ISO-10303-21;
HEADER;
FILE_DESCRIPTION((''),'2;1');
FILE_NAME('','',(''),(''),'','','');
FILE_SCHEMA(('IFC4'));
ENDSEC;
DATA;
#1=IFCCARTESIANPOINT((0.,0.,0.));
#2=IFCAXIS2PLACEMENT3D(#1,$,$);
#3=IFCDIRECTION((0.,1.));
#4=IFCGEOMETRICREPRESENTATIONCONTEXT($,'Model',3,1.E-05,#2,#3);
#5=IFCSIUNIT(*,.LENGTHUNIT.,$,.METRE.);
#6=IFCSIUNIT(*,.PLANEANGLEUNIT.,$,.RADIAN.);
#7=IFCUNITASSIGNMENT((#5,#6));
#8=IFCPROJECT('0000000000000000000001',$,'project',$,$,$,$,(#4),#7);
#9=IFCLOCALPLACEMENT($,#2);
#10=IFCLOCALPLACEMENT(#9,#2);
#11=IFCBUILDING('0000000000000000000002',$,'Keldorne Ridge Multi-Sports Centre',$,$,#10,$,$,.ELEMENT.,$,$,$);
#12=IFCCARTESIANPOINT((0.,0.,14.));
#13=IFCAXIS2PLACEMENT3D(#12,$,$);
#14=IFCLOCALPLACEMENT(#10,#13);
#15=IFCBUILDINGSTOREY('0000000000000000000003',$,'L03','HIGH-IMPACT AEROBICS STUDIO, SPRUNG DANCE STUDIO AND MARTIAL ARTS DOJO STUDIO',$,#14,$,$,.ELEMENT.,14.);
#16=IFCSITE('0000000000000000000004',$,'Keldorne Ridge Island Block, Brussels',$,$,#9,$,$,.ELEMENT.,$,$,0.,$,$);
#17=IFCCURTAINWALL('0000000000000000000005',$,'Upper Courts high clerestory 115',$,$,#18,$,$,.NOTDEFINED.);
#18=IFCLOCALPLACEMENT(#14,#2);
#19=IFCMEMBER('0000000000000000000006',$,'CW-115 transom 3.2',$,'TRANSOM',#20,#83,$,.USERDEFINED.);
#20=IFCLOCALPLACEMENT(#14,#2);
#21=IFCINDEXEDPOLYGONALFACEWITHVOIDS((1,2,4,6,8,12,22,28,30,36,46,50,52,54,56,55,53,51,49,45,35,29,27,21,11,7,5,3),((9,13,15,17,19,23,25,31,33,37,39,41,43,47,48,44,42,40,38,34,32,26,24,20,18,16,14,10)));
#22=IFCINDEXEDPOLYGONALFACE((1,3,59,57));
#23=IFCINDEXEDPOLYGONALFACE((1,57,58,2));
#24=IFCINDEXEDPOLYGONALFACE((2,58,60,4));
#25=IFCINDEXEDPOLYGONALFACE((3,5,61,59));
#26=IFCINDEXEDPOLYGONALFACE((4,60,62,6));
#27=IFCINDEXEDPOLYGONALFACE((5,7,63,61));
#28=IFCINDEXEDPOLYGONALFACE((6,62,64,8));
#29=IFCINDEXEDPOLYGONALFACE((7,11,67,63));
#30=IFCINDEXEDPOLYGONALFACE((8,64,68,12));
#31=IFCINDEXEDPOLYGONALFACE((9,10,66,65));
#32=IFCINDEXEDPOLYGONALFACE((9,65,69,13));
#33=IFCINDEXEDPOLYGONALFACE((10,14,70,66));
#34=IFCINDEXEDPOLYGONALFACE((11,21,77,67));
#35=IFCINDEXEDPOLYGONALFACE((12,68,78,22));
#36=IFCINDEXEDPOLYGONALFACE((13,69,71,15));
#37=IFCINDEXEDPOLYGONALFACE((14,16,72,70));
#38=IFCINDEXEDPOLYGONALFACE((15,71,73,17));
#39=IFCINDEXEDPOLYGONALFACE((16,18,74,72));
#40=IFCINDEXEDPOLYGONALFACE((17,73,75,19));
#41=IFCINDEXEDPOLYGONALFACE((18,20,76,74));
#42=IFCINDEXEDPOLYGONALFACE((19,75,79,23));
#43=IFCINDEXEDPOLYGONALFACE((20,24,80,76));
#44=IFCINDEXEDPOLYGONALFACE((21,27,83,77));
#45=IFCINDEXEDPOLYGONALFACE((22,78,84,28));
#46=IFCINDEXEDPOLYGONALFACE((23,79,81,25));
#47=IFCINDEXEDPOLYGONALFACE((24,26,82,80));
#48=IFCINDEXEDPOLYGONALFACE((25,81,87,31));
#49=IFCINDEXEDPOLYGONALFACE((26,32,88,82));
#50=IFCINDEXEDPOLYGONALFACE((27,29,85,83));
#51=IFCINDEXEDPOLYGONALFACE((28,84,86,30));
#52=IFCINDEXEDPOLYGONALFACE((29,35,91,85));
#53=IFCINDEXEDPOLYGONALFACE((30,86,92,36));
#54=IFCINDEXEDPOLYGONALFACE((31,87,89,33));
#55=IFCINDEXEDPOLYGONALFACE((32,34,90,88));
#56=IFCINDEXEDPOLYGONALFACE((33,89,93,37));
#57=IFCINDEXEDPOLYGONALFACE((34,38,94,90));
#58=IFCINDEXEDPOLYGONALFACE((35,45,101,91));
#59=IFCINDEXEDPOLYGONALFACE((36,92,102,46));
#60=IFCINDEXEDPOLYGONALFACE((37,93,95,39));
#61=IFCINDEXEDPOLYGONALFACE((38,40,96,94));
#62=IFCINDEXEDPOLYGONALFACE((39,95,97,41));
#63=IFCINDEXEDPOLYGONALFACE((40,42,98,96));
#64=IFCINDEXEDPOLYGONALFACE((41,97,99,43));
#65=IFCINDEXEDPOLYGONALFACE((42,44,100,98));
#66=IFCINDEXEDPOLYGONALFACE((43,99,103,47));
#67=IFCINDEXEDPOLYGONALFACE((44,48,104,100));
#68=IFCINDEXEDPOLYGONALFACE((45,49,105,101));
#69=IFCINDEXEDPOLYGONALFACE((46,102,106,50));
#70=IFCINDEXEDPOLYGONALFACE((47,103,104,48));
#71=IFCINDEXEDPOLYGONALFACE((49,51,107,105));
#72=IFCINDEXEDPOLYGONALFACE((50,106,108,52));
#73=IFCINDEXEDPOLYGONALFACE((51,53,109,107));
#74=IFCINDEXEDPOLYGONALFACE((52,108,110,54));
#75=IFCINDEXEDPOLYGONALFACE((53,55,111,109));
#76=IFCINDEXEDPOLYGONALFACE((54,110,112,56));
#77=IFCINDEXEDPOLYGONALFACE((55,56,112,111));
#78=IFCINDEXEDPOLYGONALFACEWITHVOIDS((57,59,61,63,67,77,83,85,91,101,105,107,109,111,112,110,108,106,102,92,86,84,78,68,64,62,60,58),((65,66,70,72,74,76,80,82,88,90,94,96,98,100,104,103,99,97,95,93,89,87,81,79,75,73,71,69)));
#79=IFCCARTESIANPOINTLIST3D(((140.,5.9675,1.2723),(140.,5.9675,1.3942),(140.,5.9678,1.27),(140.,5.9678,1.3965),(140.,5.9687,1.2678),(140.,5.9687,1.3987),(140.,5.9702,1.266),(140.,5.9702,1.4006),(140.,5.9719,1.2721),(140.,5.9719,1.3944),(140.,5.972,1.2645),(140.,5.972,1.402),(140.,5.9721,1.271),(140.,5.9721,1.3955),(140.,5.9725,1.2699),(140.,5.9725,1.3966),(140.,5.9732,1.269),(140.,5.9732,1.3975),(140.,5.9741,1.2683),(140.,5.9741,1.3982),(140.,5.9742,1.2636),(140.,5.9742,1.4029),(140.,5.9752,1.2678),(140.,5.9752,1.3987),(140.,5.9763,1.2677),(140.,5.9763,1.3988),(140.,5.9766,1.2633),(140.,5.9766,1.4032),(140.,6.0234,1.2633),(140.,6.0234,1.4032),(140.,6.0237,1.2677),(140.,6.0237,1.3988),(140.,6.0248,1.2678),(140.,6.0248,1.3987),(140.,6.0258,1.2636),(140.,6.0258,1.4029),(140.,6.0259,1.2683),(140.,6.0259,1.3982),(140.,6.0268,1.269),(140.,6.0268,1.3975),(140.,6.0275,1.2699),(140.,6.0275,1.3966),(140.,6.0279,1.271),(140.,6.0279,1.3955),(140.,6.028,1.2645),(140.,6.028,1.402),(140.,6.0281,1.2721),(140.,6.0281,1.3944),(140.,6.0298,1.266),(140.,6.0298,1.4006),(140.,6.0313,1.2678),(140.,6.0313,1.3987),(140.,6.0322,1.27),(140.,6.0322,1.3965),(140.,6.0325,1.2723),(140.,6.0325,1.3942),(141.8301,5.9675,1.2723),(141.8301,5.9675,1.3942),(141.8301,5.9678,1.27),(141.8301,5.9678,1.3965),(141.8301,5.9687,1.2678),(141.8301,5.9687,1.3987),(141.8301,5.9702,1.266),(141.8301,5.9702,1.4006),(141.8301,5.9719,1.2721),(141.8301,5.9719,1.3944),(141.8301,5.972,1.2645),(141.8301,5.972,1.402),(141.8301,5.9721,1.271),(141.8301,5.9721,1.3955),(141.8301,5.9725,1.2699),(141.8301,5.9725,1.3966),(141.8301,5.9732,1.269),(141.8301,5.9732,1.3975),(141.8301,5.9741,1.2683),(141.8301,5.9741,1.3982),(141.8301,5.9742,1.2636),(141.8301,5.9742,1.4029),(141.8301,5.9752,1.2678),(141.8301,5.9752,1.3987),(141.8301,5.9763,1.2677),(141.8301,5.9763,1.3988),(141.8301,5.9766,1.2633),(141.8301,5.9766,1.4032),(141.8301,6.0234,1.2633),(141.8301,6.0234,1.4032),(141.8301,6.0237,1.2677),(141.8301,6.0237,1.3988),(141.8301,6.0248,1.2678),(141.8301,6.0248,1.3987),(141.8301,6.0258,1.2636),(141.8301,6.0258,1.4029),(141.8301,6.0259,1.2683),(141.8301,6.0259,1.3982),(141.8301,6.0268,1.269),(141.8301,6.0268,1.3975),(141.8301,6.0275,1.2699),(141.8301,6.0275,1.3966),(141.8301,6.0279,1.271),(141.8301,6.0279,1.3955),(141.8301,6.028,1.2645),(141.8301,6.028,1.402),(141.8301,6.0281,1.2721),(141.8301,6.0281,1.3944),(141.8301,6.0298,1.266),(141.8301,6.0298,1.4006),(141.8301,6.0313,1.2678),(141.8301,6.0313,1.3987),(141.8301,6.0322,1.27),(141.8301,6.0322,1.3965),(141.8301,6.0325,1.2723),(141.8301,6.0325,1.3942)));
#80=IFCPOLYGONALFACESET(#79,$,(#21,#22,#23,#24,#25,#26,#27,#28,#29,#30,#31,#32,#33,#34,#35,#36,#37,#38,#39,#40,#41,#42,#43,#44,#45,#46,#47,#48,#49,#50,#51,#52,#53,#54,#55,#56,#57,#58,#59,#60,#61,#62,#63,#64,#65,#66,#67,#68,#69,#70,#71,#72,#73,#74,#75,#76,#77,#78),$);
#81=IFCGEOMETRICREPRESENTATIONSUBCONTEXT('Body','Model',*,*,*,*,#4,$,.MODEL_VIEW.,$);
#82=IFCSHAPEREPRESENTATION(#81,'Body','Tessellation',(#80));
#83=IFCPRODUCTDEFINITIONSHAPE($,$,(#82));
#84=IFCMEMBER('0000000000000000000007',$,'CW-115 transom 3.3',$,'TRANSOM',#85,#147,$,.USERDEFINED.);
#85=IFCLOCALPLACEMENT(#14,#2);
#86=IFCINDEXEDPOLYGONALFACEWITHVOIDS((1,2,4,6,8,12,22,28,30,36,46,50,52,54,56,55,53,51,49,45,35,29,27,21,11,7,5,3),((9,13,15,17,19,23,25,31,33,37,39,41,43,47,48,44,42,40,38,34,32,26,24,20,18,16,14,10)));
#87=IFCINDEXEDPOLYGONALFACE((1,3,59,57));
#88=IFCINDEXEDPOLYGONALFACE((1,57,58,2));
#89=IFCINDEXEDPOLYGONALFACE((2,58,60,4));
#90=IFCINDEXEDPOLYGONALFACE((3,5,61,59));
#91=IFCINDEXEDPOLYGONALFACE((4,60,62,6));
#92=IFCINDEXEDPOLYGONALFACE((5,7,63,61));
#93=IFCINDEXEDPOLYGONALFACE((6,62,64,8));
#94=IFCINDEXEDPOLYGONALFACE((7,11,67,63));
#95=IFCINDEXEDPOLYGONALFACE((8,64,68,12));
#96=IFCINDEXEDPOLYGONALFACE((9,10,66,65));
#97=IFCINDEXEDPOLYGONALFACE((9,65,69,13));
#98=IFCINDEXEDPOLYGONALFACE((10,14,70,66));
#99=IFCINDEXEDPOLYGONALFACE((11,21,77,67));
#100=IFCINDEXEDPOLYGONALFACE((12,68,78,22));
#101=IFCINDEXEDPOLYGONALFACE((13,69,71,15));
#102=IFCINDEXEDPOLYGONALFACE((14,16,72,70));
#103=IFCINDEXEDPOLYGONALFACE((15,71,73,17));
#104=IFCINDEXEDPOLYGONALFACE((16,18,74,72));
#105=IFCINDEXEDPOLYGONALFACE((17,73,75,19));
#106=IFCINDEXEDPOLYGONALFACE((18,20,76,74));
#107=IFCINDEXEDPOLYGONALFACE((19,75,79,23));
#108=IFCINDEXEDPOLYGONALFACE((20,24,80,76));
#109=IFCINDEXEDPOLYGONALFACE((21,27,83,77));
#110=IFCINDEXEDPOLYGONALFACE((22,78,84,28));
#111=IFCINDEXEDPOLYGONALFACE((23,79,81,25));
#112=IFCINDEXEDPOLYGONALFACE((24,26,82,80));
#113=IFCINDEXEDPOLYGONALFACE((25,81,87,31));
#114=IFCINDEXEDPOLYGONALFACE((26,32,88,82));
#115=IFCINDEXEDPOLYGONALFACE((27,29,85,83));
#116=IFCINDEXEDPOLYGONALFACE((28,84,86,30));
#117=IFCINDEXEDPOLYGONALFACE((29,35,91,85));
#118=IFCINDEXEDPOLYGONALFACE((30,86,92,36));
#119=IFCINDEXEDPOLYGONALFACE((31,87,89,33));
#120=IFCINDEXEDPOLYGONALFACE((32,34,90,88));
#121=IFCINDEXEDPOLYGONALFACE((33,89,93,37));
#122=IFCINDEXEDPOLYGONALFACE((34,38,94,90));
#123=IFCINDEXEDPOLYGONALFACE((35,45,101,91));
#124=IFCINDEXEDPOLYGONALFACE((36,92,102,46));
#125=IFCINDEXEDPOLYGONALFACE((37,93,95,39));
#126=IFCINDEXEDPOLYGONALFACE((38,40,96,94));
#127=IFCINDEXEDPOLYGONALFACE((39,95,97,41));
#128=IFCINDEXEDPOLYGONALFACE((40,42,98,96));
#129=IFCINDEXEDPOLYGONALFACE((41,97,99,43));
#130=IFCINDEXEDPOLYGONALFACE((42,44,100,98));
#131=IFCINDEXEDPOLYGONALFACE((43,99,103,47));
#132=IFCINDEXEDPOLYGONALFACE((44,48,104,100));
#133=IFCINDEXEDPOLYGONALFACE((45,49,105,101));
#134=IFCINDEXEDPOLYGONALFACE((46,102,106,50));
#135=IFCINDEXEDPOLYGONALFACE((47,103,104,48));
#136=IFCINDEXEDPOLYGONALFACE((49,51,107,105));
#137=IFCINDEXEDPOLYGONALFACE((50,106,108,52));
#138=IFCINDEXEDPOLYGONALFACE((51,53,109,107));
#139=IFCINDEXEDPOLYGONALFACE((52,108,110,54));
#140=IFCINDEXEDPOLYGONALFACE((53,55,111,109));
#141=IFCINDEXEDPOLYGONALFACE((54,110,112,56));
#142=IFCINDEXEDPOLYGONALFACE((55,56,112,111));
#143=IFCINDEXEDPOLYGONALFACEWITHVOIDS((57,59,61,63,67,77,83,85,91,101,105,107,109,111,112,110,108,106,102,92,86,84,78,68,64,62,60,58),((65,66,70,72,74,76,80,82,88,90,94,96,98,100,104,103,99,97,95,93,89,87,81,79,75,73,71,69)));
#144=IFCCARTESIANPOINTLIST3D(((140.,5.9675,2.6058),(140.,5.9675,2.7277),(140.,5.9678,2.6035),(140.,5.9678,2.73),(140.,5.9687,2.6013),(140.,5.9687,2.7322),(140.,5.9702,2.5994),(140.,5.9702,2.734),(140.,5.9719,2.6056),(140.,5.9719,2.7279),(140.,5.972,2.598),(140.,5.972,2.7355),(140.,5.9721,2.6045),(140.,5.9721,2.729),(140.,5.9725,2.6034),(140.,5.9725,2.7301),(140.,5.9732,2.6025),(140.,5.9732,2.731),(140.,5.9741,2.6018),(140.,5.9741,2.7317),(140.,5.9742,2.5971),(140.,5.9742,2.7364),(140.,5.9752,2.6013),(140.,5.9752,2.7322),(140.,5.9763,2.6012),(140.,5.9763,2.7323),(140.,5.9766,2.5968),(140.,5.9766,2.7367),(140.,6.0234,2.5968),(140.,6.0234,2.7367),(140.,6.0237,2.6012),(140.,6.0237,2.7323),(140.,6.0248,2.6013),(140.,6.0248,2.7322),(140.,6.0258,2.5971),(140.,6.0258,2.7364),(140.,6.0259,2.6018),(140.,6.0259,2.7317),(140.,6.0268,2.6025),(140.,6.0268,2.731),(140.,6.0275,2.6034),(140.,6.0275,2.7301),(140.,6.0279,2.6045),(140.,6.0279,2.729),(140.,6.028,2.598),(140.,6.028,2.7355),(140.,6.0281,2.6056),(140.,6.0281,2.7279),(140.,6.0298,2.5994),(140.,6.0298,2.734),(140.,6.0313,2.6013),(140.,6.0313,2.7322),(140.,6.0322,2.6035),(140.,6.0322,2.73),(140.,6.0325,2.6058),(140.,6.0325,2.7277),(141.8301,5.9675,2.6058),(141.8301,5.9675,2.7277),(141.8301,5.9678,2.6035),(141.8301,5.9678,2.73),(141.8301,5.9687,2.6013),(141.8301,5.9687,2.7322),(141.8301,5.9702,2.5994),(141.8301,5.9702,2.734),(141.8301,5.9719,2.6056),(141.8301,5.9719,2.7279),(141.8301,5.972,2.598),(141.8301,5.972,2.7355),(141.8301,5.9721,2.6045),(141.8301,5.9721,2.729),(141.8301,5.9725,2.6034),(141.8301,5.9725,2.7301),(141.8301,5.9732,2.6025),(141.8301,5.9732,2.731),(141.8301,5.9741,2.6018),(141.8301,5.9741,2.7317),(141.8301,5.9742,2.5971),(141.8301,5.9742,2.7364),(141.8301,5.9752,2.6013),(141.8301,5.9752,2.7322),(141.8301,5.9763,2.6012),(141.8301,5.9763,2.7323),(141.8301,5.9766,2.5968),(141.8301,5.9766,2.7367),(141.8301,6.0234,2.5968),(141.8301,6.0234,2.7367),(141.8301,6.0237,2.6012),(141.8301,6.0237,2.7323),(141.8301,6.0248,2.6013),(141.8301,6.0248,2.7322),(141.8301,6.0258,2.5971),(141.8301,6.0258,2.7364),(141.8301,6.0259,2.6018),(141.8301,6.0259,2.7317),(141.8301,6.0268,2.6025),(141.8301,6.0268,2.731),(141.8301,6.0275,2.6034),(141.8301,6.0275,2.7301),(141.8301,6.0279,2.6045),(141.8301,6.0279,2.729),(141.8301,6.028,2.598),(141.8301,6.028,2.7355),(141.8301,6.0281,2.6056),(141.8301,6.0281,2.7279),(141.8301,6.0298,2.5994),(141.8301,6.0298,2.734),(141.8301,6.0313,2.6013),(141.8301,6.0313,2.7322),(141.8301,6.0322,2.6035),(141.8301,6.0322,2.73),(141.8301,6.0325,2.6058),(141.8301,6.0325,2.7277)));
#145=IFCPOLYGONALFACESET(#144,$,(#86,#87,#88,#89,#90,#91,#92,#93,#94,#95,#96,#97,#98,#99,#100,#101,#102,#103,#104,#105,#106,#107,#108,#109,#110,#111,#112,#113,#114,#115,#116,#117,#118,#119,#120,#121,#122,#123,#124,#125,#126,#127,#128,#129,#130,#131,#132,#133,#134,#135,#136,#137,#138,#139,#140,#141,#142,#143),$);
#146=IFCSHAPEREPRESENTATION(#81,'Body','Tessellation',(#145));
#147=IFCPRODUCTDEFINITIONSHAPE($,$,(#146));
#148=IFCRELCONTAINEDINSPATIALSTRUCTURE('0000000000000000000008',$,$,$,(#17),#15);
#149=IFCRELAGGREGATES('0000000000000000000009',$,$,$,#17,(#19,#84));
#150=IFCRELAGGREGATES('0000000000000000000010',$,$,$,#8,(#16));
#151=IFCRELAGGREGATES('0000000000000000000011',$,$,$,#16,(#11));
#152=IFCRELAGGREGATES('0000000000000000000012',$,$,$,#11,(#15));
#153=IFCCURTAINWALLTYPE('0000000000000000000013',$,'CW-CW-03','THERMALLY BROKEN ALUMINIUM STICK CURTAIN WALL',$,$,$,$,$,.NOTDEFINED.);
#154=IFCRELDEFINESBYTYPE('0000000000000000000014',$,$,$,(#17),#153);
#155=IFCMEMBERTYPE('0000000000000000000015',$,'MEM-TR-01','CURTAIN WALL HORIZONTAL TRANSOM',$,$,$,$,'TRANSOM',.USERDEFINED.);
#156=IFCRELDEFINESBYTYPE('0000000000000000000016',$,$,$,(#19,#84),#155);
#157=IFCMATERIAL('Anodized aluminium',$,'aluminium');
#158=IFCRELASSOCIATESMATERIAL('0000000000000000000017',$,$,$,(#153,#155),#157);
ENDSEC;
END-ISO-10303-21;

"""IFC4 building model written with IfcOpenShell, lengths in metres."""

from ifc_helpers import new_model, si_unit, direction, frame, origin, origin_2d, place, context, subcontext, project, spatial, hollow_rectangle, extrude, material, material_profile, profile_set, type_object, element, aggregate, save


model = new_model("IFC4")

# Units and contexts
model_context = context("Model", 3, precision=1e-05, world=origin(), true_north=direction((0.0, 1.0)))
body_context = subcontext(model_context, "Body", "Model", "MODEL_VIEW")
ifc_project = project(units=[si_unit("LENGTHUNIT", "METRE"), si_unit("PLANEANGLEUNIT", "RADIAN")], contexts=[model_context])

# Site, building, storey
site_placement = place(None, origin())
site = spatial("IfcSite", under=ifc_project, at=site_placement, Name="Keldorne Ridge Island Block, Brussels", CompositionType="ELEMENT", RefElevation=0.0)
building_placement = place(site_placement, origin())
building = spatial("IfcBuilding", under=site, at=building_placement, Name="Keldorne Ridge Multi-Sports Centre", CompositionType="ELEMENT")
storey_placement = place(building_placement, frame((0.0, 0.0, 14.0)))
storey = spatial("IfcBuildingStorey", under=building, at=storey_placement, Name="L03", Description="HIGH-IMPACT AEROBICS STUDIO, SPRUNG DANCE STUDIO AND MARTIAL ARTS DOJO STUDIO", CompositionType="ELEMENT", Elevation=14.0)

# Curtain wall
ifc_material_1 = material(Name="Anodized aluminium", Category="aluminium")
curtain_wall_type = type_object("IfcCurtainWallType", Name="CW-CW-03", Description="THERMALLY BROKEN ALUMINIUM STICK CURTAIN WALL", PredefinedType="NOTDEFINED", material=ifc_material_1)
curtain_wall_placement = place(storey_placement, origin())
curtain_wall = element("IfcCurtainWall", 1, at=curtain_wall_placement, inside=storey, type_object=curtain_wall_type, Name="Upper Courts high clerestory 115", PredefinedType="NOTDEFINED")

# Members
ifc_material_profile_1 = material_profile(ifc_material_1, hollow_rectangle(XDim=0.0649, YDim=0.1399, WallThickness=0.0044, InnerFilletRadius=0.0044, OuterFilletRadius=0.009, at=origin_2d()), Name="ALU TRANSOM 140x65x4.5")
ifc_profile_set_1 = profile_set([ifc_material_profile_1], Name="Anodized aluminium")
member_type_1 = type_object("IfcMemberType", Name="MEM-TR-01", Description="CURTAIN WALL HORIZONTAL TRANSOM", ElementType="TRANSOM", PredefinedType="USERDEFINED", material=ifc_profile_set_1)
member_1_placement = place(storey_placement, frame((140.0, 6.0, 1.3333), z_axis=(1.0, 0.0, 0.0), x_axis=(0.0, 1.0, 0.0)))
member_1 = element("IfcMember", 2, at=member_1_placement, type_object=member_type_1, Name="CW-115 transom 3.2", ObjectType="TRANSOM", PredefinedType="USERDEFINED", context=body_context, shape_type="SweptSolid", body=[
    extrude(hollow_rectangle(XDim=0.0649, YDim=0.1399, WallThickness=0.0044, InnerFilletRadius=0.0044, OuterFilletRadius=0.009, at=origin_2d()), origin(), (0.0, 0.0, 1.0), 1.8301),
])
member_2_placement = place(storey_placement, frame((140.0, 6.0, 2.6667), z_axis=(1.0, 0.0, 0.0), x_axis=(0.0, 1.0, 0.0)))
member_2 = element("IfcMember", 3, at=member_2_placement, type_object=member_type_1, Name="CW-115 transom 3.3", ObjectType="TRANSOM", PredefinedType="USERDEFINED", context=body_context, shape_type="SweptSolid", body=[
    extrude(hollow_rectangle(XDim=0.0649, YDim=0.1399, WallThickness=0.0044, InnerFilletRadius=0.0044, OuterFilletRadius=0.009, at=origin_2d()), origin(), (0.0, 0.0, 1.0), 1.8301),
])

aggregate(curtain_wall, [member_1, member_2])

save(model, "model.ifc")
